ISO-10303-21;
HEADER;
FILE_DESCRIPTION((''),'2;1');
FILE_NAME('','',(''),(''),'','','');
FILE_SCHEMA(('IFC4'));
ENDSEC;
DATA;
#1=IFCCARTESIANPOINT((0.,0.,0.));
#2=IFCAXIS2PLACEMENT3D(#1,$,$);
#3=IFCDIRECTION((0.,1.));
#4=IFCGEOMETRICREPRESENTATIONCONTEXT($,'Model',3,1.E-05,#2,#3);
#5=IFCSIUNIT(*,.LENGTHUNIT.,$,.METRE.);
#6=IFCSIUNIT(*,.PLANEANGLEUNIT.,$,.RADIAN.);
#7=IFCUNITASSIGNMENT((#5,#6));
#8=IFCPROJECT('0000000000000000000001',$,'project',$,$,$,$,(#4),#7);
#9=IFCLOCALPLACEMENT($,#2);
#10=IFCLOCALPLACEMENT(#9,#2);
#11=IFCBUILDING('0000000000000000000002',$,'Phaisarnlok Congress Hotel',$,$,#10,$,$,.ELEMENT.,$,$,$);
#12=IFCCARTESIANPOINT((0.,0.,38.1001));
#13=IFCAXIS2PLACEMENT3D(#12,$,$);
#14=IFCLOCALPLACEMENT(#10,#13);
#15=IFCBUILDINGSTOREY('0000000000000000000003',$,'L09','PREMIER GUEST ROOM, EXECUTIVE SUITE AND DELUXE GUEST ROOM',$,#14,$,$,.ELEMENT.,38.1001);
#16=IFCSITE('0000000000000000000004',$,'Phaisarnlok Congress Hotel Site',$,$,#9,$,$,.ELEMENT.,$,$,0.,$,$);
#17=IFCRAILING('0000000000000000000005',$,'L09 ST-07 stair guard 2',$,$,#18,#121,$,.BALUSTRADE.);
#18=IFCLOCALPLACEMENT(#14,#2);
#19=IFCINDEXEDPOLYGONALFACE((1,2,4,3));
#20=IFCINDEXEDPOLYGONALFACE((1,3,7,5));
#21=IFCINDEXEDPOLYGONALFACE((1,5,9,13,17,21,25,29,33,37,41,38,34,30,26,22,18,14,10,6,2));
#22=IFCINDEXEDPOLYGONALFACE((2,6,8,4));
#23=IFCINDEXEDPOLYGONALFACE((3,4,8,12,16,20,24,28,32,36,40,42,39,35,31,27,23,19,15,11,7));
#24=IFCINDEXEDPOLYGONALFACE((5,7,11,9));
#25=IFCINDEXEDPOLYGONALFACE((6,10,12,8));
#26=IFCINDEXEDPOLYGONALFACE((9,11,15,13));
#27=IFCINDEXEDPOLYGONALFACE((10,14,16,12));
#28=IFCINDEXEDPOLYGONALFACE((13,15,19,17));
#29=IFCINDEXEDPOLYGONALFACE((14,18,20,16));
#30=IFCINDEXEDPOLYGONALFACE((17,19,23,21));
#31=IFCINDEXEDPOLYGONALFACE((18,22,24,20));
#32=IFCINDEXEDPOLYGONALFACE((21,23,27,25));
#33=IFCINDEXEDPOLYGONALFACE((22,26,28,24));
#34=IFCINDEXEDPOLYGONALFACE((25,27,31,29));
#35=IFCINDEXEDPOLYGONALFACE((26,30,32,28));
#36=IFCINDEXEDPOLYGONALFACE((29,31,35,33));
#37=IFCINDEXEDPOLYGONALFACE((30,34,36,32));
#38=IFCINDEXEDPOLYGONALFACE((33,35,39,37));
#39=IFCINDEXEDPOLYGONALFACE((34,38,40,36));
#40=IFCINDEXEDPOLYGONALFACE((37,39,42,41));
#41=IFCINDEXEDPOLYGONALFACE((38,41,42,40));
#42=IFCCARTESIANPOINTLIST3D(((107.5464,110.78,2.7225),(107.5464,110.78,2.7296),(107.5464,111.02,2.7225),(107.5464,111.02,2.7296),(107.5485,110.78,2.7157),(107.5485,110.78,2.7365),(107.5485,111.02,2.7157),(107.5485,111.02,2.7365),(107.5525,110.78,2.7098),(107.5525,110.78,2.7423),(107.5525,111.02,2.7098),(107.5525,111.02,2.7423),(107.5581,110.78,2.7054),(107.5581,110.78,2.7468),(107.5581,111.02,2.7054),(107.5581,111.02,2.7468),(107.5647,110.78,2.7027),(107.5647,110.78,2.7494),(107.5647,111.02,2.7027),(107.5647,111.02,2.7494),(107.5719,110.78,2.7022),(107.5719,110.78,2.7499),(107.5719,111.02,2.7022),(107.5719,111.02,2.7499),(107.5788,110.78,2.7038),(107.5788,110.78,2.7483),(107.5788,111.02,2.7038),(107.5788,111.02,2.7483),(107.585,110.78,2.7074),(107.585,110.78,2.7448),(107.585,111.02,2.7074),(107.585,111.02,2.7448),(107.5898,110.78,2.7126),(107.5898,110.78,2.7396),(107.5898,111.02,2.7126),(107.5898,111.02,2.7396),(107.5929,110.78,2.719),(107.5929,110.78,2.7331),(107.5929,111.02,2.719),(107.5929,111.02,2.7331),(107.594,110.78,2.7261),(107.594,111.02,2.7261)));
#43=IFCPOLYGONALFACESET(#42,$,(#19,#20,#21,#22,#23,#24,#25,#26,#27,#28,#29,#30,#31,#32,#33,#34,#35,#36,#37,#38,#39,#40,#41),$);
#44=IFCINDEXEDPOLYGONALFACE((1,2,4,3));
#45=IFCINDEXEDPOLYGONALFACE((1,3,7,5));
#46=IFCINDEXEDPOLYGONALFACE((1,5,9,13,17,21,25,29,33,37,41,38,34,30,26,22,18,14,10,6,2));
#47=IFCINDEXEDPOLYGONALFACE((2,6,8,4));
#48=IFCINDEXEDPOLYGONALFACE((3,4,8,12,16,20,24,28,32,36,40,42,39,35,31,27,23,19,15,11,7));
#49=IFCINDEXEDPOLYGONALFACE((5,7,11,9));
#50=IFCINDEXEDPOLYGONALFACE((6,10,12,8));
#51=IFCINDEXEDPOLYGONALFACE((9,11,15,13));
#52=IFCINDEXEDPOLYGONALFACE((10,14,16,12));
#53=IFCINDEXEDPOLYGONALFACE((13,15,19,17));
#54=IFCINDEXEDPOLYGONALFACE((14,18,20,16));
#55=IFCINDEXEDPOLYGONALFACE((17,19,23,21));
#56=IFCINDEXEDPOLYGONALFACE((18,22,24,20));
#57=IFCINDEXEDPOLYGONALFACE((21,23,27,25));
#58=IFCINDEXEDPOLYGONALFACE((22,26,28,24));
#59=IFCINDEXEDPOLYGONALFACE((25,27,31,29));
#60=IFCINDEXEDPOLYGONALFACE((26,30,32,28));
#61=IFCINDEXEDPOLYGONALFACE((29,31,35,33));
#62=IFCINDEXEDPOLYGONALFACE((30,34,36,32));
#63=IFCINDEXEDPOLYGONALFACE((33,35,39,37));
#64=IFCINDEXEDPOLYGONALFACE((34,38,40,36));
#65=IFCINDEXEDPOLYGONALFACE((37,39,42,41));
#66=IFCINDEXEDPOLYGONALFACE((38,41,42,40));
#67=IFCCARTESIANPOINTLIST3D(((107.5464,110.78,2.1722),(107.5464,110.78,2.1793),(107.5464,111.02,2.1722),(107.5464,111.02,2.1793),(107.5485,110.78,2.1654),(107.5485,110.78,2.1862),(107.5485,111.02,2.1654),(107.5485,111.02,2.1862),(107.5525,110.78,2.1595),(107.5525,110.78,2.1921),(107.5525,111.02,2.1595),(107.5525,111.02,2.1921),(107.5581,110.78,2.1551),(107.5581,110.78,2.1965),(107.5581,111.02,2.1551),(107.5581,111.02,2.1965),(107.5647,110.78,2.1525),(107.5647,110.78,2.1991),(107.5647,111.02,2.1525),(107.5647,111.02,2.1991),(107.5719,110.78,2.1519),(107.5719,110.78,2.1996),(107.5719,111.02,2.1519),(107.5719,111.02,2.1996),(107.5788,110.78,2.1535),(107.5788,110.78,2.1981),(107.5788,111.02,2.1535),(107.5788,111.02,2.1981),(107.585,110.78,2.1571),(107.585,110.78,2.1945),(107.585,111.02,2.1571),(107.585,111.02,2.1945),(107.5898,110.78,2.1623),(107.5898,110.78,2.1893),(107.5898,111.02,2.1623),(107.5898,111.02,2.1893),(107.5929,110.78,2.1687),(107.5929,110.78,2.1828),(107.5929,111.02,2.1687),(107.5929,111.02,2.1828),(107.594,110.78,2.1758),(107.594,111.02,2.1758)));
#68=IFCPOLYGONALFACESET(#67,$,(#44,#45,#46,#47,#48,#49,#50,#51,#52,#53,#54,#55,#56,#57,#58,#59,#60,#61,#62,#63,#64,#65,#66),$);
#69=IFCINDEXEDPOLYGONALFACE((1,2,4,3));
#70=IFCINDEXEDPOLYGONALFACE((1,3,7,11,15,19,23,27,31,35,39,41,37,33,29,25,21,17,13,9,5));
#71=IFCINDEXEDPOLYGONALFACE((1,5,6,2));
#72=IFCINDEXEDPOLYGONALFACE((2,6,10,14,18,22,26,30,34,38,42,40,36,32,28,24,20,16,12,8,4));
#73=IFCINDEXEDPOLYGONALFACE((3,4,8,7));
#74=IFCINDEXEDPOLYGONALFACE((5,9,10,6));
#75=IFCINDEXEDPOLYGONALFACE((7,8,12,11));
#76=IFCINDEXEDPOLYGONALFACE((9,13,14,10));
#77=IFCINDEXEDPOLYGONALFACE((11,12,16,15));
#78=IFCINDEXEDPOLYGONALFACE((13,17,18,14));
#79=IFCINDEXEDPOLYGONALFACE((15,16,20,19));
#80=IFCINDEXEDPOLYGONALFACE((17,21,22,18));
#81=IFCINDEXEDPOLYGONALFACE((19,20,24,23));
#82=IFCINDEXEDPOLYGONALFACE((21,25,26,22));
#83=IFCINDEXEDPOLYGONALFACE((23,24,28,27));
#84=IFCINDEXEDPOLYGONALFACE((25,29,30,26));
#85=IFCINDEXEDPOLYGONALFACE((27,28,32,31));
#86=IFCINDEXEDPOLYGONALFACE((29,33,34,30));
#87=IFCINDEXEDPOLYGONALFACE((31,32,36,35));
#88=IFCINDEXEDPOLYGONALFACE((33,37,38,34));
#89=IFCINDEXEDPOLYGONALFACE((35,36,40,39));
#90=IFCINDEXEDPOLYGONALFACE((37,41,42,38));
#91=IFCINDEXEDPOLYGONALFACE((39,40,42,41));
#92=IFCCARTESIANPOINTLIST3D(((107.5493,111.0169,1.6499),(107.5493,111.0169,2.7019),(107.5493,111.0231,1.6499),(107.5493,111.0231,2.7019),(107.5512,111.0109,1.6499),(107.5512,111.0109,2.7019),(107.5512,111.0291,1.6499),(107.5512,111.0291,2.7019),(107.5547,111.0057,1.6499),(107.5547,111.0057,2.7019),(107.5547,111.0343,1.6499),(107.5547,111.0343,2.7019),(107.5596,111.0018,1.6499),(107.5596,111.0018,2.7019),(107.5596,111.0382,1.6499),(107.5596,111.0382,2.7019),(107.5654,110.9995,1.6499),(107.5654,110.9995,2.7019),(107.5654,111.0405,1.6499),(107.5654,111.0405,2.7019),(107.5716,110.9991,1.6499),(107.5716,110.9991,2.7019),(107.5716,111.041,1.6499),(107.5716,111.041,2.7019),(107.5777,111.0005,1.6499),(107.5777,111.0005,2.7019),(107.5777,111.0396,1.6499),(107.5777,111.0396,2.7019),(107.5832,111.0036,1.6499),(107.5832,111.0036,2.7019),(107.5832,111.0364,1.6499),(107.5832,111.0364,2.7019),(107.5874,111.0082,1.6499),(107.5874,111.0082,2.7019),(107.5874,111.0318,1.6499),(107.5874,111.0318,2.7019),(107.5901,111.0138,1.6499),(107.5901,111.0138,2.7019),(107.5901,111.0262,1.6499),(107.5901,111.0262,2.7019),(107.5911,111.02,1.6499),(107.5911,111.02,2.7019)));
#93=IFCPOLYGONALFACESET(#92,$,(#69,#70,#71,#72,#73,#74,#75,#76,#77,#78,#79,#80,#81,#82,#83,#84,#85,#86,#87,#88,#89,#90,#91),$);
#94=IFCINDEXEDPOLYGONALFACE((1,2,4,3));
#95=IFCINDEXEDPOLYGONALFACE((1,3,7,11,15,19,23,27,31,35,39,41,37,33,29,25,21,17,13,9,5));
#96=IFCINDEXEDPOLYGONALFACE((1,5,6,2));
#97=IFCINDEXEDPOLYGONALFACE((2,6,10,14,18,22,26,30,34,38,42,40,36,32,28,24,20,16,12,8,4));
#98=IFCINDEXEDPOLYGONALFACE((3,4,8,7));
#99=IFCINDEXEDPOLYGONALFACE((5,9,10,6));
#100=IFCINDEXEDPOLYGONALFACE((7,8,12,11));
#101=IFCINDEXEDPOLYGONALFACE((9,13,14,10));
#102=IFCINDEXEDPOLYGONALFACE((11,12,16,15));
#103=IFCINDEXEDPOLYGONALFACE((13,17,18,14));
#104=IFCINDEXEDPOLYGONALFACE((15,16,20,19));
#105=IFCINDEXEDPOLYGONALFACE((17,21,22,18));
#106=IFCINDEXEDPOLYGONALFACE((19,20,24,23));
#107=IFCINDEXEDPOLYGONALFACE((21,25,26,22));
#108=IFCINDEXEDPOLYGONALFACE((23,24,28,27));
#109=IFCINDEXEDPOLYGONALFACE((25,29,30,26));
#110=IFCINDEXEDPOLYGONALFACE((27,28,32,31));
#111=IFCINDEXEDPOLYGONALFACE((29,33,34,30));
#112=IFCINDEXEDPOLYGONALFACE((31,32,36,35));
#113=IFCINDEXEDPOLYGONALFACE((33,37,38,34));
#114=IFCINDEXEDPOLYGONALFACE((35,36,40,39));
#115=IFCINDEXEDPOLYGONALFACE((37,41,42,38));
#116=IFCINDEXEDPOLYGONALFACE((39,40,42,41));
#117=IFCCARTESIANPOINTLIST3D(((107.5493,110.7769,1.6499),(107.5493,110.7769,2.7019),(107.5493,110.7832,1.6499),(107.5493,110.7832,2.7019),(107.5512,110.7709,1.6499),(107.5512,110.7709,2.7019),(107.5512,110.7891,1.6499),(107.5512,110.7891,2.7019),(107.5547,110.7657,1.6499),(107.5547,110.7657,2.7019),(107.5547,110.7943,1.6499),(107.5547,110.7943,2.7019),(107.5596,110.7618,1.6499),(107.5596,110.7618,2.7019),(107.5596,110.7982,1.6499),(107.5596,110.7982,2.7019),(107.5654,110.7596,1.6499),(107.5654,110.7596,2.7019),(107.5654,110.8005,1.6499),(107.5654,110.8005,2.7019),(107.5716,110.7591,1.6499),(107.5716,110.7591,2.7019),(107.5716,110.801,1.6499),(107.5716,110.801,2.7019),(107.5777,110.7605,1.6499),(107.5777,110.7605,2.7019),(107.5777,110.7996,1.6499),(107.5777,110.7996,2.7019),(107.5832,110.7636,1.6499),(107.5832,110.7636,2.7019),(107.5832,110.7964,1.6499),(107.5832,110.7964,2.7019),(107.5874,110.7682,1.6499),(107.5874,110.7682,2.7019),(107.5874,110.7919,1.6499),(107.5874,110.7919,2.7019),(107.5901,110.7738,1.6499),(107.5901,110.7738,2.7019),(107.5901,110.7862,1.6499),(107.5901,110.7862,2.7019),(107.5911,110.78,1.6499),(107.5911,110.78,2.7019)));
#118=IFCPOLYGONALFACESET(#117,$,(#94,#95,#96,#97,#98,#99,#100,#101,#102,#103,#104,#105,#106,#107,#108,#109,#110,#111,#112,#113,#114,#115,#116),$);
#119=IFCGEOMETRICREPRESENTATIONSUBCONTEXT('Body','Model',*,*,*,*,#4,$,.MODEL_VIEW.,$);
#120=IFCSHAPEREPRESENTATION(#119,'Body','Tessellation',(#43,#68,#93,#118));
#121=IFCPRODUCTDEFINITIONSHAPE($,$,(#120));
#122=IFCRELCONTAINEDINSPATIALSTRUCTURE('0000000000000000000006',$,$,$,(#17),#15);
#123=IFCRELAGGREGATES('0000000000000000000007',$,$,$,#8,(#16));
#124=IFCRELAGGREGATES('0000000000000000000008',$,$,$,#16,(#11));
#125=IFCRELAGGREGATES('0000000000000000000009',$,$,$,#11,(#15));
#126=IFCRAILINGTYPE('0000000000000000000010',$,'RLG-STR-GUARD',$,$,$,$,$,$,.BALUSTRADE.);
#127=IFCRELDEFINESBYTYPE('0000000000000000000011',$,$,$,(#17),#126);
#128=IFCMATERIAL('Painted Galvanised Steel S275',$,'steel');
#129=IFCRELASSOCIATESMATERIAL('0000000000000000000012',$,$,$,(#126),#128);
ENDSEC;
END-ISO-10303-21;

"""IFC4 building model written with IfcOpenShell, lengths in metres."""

from ifc_helpers import new_model, si_unit, direction, frame, origin, origin_2d, place, context, subcontext, project, spatial, circle, extrude, material, type_object, element, save


model = new_model("IFC4")

# Units and contexts
model_context = context("Model", 3, precision=1e-05, world=origin(), true_north=direction((0.0, 1.0)))
body_context = subcontext(model_context, "Body", "Model", "MODEL_VIEW")
ifc_project = project(units=[si_unit("LENGTHUNIT", "METRE"), si_unit("PLANEANGLEUNIT", "RADIAN")], contexts=[model_context])

# Site, building, storey
site_placement = place(None, origin())
site = spatial("IfcSite", under=ifc_project, at=site_placement, Name="Phaisarnlok Congress Hotel Site", CompositionType="ELEMENT", RefElevation=0.0)
building_placement = place(site_placement, origin())
building = spatial("IfcBuilding", under=site, at=building_placement, Name="Phaisarnlok Congress Hotel", CompositionType="ELEMENT")
storey_placement = place(building_placement, frame((0.0, 0.0, 38.1001)))
storey = spatial("IfcBuildingStorey", under=building, at=storey_placement, Name="L09", Description="PREMIER GUEST ROOM, EXECUTIVE SUITE AND DELUXE GUEST ROOM", CompositionType="ELEMENT", Elevation=38.1001)

# Railing
ifc_material_1 = material(Name="Painted Galvanised Steel S275", Category="steel")
railing_type_1 = type_object("IfcRailingType", Name="RLG-STR-GUARD", PredefinedType="BALUSTRADE", material=ifc_material_1)
railing_1_placement = place(storey_placement, frame((107.5701, 111.02, 1.6499)))
element("IfcRailing", 1, at=railing_1_placement, inside=storey, type_object=railing_type_1, Name="L09 ST-07 stair guard 2", PredefinedType="BALUSTRADE", context=body_context, shape_type="SweptSolid", body=[
    extrude(circle(Radius=0.0239, at=origin_2d()), frame((0.0, 0.0, 1.0762), z_axis=(0.0, -1.0, 0.0), x_axis=(1.0, 0.0, 0.0)), (0.0, 0.0, 1.0), 0.24),
    extrude(circle(Radius=0.0239, at=origin_2d()), frame((0.0, 0.0, 0.5259), z_axis=(0.0, -1.0, 0.0), x_axis=(1.0, 0.0, 0.0)), (0.0, 0.0, 1.0), 0.24),
    extrude(circle(Radius=0.021, at=origin_2d()), origin(), (0.0, 0.0, 1.0), 1.052),
    extrude(circle(Radius=0.021, at=origin_2d()), frame((0.0, -0.24, 0.0)), (0.0, 0.0, 1.0), 1.052),
])

save(model, "model.ifc")
